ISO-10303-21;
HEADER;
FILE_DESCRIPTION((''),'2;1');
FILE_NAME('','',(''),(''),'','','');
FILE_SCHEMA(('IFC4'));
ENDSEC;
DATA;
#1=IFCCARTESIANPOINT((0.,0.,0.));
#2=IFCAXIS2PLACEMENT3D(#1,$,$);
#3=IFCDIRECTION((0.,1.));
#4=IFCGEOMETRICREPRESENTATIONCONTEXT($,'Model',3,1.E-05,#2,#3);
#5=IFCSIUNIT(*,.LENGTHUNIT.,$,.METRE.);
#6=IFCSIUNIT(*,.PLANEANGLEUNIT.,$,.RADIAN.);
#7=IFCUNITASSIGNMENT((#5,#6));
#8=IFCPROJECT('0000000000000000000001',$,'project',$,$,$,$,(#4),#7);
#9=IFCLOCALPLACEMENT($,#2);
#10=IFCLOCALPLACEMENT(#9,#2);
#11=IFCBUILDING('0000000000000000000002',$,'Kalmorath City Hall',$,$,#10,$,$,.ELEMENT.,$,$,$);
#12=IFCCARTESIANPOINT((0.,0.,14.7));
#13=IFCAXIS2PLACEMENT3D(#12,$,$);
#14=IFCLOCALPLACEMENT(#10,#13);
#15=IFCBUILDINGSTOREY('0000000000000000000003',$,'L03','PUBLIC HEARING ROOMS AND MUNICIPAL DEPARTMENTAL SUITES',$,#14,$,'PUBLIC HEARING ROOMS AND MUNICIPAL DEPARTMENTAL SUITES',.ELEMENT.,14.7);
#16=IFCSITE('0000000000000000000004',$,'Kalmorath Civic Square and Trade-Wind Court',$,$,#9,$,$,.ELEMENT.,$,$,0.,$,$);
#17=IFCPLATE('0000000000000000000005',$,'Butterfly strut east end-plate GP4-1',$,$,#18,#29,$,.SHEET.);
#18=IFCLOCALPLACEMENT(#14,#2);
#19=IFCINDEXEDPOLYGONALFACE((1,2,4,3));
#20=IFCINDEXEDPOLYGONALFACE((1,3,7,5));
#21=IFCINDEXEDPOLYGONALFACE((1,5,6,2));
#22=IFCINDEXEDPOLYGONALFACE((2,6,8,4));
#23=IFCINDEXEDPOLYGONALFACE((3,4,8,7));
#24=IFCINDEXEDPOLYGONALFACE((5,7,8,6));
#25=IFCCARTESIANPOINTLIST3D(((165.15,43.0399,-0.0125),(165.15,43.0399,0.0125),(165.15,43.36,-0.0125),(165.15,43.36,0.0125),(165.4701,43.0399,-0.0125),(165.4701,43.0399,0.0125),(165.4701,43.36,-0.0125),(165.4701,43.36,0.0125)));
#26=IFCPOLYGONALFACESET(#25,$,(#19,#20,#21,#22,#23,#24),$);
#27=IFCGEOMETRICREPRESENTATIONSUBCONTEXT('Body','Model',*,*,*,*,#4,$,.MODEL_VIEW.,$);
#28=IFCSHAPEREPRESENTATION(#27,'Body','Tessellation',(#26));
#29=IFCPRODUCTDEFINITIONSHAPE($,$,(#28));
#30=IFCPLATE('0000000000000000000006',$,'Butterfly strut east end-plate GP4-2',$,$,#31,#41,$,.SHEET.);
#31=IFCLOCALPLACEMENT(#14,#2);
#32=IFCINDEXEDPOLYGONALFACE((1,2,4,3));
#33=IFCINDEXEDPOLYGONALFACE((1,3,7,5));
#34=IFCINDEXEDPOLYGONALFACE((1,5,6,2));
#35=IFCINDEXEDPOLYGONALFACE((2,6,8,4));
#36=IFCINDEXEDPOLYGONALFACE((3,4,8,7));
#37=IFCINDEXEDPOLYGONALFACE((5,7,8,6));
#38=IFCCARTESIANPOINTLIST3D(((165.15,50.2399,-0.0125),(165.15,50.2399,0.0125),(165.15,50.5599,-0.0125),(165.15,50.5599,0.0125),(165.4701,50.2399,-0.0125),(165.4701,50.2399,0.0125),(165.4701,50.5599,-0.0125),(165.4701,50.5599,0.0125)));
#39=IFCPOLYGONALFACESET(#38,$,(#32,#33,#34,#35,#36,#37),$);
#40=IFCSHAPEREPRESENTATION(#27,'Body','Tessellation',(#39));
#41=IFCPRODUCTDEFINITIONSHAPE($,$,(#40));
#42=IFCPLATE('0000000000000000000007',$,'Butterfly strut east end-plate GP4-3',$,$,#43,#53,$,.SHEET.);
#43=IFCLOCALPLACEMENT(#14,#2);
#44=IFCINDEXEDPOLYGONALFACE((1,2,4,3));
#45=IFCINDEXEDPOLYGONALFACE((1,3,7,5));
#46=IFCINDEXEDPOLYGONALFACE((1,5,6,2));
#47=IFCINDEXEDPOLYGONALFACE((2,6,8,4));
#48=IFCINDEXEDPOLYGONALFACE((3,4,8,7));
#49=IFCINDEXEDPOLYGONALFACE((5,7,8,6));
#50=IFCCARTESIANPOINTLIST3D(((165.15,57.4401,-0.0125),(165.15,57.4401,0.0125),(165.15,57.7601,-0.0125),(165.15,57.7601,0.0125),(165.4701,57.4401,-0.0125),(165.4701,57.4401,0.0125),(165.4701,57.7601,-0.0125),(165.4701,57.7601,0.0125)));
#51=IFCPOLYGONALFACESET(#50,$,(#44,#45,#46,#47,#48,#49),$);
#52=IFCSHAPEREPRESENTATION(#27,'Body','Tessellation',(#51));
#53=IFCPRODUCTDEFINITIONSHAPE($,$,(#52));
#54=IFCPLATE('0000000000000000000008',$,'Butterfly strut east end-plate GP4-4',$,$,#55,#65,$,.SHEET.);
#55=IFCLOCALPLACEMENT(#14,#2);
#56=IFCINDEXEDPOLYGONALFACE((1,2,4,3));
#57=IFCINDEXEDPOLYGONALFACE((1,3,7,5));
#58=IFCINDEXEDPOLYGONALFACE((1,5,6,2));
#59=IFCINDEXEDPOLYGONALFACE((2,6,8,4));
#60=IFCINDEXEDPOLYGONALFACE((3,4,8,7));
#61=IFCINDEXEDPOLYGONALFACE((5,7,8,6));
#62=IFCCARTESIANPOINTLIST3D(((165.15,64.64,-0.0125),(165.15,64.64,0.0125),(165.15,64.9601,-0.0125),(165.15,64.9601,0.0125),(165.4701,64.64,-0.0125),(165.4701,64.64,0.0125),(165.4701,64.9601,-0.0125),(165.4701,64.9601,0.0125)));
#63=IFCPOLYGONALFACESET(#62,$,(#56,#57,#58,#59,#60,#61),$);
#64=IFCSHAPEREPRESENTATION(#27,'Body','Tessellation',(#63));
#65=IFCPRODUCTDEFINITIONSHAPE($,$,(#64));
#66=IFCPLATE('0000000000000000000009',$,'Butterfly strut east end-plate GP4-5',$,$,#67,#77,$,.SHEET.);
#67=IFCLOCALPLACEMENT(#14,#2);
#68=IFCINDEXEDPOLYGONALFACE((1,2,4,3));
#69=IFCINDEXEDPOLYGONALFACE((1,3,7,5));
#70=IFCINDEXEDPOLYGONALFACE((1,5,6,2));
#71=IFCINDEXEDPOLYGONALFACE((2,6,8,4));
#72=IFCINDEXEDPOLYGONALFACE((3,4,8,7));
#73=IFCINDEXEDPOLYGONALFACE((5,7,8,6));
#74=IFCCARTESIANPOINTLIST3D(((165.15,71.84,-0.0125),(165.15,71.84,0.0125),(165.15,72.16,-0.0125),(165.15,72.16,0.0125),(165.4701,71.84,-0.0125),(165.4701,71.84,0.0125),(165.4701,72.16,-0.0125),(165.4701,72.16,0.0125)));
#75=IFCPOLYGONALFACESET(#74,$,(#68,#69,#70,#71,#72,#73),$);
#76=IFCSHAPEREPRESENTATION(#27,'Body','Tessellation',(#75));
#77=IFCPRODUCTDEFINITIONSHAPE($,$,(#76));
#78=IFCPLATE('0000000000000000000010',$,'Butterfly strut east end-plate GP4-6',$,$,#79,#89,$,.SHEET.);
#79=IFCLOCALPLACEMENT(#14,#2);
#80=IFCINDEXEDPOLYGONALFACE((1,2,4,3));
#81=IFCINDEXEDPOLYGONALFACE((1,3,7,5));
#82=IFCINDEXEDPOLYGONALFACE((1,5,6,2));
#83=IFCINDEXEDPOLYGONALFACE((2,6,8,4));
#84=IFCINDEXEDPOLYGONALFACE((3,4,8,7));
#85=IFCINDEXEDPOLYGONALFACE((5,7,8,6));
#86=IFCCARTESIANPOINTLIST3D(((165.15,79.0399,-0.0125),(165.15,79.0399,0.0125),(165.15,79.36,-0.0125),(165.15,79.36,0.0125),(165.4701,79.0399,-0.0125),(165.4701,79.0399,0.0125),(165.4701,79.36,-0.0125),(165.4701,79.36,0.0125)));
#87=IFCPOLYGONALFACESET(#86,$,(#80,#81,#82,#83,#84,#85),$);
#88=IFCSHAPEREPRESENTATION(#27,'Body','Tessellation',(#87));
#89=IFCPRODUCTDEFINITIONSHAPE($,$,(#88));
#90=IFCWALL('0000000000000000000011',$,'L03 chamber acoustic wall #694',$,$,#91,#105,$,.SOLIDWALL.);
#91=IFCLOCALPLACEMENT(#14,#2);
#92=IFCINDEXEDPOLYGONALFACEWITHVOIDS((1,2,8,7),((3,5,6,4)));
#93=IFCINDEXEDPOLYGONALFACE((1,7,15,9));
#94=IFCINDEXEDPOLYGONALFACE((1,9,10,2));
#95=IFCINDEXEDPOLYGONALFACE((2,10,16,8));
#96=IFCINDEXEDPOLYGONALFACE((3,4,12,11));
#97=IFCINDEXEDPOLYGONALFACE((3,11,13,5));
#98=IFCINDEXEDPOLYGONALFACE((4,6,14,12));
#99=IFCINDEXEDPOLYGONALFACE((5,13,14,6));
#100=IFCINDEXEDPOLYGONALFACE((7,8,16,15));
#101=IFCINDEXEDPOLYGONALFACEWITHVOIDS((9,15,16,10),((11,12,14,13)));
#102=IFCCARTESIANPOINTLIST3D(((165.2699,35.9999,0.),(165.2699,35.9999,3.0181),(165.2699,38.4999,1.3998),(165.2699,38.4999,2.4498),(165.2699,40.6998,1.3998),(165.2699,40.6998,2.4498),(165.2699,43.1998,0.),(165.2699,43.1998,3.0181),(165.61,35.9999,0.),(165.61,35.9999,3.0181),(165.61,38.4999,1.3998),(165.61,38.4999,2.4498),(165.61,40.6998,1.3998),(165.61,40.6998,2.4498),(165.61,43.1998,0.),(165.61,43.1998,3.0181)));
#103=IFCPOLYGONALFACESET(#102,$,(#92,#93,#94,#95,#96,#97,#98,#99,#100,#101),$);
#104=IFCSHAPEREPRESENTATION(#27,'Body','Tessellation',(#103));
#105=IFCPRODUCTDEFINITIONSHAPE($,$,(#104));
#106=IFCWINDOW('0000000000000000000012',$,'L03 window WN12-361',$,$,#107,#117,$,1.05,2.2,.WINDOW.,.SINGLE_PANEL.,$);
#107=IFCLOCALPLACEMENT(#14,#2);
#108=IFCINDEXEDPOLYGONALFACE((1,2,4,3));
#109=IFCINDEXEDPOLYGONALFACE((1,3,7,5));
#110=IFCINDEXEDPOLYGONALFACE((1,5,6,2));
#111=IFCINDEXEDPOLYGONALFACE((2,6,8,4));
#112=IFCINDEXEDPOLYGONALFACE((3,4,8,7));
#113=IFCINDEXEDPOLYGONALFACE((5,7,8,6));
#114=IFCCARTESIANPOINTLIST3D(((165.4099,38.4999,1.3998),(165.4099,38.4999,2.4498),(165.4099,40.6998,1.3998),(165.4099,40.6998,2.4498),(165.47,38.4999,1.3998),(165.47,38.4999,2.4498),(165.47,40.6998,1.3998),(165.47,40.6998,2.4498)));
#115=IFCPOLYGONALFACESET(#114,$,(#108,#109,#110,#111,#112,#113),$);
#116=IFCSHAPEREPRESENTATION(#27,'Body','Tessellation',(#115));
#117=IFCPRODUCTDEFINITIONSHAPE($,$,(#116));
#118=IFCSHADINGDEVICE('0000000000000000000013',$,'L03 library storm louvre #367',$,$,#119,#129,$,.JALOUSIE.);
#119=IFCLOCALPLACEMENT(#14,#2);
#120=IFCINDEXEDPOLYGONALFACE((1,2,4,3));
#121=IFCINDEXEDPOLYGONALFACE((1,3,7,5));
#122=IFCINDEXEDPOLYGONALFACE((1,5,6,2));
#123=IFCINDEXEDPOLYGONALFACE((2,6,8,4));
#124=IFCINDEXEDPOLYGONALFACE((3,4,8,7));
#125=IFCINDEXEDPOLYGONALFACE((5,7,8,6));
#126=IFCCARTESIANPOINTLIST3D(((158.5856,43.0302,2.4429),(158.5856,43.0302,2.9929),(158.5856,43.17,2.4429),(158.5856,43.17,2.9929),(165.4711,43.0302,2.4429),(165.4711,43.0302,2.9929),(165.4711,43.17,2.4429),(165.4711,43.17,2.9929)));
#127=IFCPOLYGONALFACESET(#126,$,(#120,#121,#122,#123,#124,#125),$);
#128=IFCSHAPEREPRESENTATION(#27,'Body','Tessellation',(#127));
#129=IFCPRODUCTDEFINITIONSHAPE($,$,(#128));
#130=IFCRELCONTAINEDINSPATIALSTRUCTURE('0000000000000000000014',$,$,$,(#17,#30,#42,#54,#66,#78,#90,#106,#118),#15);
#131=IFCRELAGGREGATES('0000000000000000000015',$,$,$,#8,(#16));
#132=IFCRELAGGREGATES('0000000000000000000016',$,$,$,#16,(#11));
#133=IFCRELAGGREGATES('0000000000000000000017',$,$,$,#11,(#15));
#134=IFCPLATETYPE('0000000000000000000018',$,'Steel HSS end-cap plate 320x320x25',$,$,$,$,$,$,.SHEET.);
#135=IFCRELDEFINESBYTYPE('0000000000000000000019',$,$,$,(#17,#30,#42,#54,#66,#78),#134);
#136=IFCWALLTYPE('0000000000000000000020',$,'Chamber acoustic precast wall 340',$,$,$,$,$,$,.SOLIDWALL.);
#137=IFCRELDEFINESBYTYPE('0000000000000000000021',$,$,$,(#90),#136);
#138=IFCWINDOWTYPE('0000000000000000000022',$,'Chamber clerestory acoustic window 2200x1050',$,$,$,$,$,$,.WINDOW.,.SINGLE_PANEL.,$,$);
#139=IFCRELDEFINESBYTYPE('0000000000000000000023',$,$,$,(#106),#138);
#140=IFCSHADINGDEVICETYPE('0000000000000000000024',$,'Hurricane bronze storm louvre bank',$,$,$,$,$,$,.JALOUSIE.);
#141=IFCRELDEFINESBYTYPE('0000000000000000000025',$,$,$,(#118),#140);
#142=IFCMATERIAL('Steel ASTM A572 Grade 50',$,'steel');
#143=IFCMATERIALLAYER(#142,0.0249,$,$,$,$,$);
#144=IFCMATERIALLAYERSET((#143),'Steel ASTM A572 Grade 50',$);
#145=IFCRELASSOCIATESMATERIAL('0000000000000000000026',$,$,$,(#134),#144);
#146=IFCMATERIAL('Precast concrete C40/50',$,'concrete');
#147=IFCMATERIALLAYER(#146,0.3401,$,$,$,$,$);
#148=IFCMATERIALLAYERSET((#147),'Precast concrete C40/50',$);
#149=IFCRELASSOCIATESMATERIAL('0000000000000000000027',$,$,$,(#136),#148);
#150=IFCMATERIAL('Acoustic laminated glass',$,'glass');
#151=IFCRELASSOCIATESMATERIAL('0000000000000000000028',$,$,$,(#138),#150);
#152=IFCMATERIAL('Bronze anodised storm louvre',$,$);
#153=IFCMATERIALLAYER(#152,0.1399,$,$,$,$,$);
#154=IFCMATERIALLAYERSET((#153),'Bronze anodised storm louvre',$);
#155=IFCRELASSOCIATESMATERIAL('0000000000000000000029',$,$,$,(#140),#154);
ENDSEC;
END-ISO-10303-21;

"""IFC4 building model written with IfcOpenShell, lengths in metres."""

from ifc_helpers import new_model, si_unit, direction, frame, frame_2d, origin, origin_2d, place, context, subcontext, project, spatial, rectangle, extrude, material, layer, layer_set, type_object, element, fill, save


model = new_model("IFC4")

# Units and contexts
model_context = context("Model", 3, precision=1e-05, world=origin(), true_north=direction((0.0, 1.0)))
body_context = subcontext(model_context, "Body", "Model", "MODEL_VIEW")
ifc_project = project(units=[si_unit("LENGTHUNIT", "METRE"), si_unit("PLANEANGLEUNIT", "RADIAN")], contexts=[model_context])

# Site, building, storey
site_placement = place(None, origin())
site = spatial("IfcSite", under=ifc_project, at=site_placement, Name="Kalmorath Civic Square and Trade-Wind Court", CompositionType="ELEMENT", RefElevation=0.0)
building_placement = place(site_placement, origin())
building = spatial("IfcBuilding", under=site, at=building_placement, Name="Kalmorath City Hall", CompositionType="ELEMENT")
storey_placement = place(building_placement, frame((0.0, 0.0, 14.7)))
storey = spatial("IfcBuildingStorey", under=building, at=storey_placement, Name="L03", Description="PUBLIC HEARING ROOMS AND MUNICIPAL DEPARTMENTAL SUITES", LongName="PUBLIC HEARING ROOMS AND MUNICIPAL DEPARTMENTAL SUITES", CompositionType="ELEMENT", Elevation=14.7)

# Plates
ifc_material_1 = material(Name="Steel ASTM A572 Grade 50", Category="steel")
ifc_layer_1 = layer(ifc_material_1, 0.0249)
ifc_layer_set_1 = layer_set([ifc_layer_1], Name="Steel ASTM A572 Grade 50")
plate_type = type_object("IfcPlateType", Name="Steel HSS end-cap plate 320x320x25", PredefinedType="SHEET", material=ifc_layer_set_1)
for number, where, z_axis, x_axis, name in (
    (1, (165.3101, 43.2, -0.0125), (0.0, 0.0, 1.0), (1.0, 0.0, 0.0), "Butterfly strut east end-plate GP4-1"),
    (2, (165.3101, 50.3999, -0.0125), (0.0, 0.0, 1.0), (1.0, 0.0, 0.0), "Butterfly strut east end-plate GP4-2"),
    (3, (165.3101, 57.6001, -0.0125), (0.0, 0.0, 1.0), (1.0, 0.0, 0.0), "Butterfly strut east end-plate GP4-3"),
    (4, (165.3101, 64.8, -0.0125), (0.0, 0.0, 1.0), (1.0, 0.0, 0.0), "Butterfly strut east end-plate GP4-4"),
    (5, (165.3101, 72.0, -0.0125), (0.0, 0.0, 1.0), (1.0, 0.0, 0.0), "Butterfly strut east end-plate GP4-5"),
    (6, (165.3101, 79.2, -0.0125), (0.0, 0.0, 1.0), (1.0, 0.0, 0.0), "Butterfly strut east end-plate GP4-6"),
):
    element("IfcPlate", number, at=place(storey_placement, frame(where, z_axis=z_axis, x_axis=x_axis)), inside=storey, type_object=plate_type, Name=name, PredefinedType="SHEET", context=body_context, shape_type="SweptSolid", body=[
        extrude(rectangle(XDim=0.3201, YDim=0.3201, at=origin_2d()), origin(), (0.0, 0.0, 1.0), 0.0249),
    ])

# Wall, opening, window
ifc_material_2 = material(Name="Precast concrete C40/50", Category="concrete")
ifc_layer_2 = layer(ifc_material_2, 0.3401)
ifc_layer_set_2 = layer_set([ifc_layer_2], Name="Precast concrete C40/50")
wall_type = type_object("IfcWallType", Name="Chamber acoustic precast wall 340", PredefinedType="SOLIDWALL", material=ifc_layer_set_2)
wall_placement = place(storey_placement, frame((165.4399, 43.2, 0.0), z_axis=(0.0, 0.0, 1.0), x_axis=(0.0, -1.0, 0.0)))
wall = element("IfcWall", 7, at=wall_placement, inside=storey, type_object=wall_type, Name="L03 chamber acoustic wall #694", PredefinedType="SOLIDWALL", context=body_context, shape_type="SweptSolid", body=[
    extrude(rectangle(XDim=7.2, YDim=0.3401, at=frame_2d((3.6001, 0.0))), origin(), (0.0, 0.0, 1.0), 3.0181),
])
opening_placement = place(wall_placement, frame((2.5, 0.0, 1.3999)))
opening = element("IfcOpeningElement", 8, at=opening_placement, cuts=wall, PredefinedType="OPENING", context=body_context, shape_type="SweptSolid", body=[
    extrude(rectangle(XDim=2.2, YDim=1.05, at=frame_2d((1.1001, 0.5249))), frame((0.0, 0.1799, 0.0), z_axis=(0.0, -1.0, 0.0), x_axis=(1.0, 0.0, 0.0)), (0.0, 0.0, 1.0), 0.3601),
])
ifc_material_3 = material(Name="Acoustic laminated glass", Category="glass")
window_type = type_object("IfcWindowType", Name="Chamber clerestory acoustic window 2200x1050", PartitioningType="SINGLE_PANEL", PredefinedType="WINDOW", material=ifc_material_3)
window_placement = place(opening_placement, origin())
window = element("IfcWindow", 9, at=window_placement, inside=storey, type_object=window_type, Name="L03 window WN12-361", OverallHeight=1.05, OverallWidth=2.2, PartitioningType="SINGLE_PANEL", PredefinedType="WINDOW", context=body_context, shape_type="SweptSolid", body=[
    extrude(rectangle(XDim=2.2, YDim=1.05, at=frame_2d((1.1001, 0.5249))), frame((0.0, 0.03, 0.0), z_axis=(0.0, -1.0, 0.0), x_axis=(1.0, 0.0, 0.0)), (0.0, 0.0, 1.0), 0.0601),
])
fill(opening, window)

# Shading device
ifc_material_4 = material(Name="Bronze anodised storm louvre")
ifc_layer_3 = layer(ifc_material_4, 0.1399)
ifc_layer_set_3 = layer_set([ifc_layer_3], Name="Bronze anodised storm louvre")
shading_device_type = type_object("IfcShadingDeviceType", Name="Hurricane bronze storm louvre bank", PredefinedType="JALOUSIE", material=ifc_layer_set_3)
shading_device_placement = place(storey_placement, frame((162.0283, 43.1001, 2.4429), z_axis=(0.0, 0.0, 1.0), x_axis=(1.0, 0.0, 0.0)))
element("IfcShadingDevice", 10, at=shading_device_placement, inside=storey, type_object=shading_device_type, Name="L03 library storm louvre #367", PredefinedType="JALOUSIE", context=body_context, shape_type="SweptSolid", body=[
    extrude(rectangle(XDim=6.8855, YDim=0.1399, at=origin_2d()), origin(), (0.0, 0.0, 1.0), 0.55),
])

save(model, "model.ifc")
